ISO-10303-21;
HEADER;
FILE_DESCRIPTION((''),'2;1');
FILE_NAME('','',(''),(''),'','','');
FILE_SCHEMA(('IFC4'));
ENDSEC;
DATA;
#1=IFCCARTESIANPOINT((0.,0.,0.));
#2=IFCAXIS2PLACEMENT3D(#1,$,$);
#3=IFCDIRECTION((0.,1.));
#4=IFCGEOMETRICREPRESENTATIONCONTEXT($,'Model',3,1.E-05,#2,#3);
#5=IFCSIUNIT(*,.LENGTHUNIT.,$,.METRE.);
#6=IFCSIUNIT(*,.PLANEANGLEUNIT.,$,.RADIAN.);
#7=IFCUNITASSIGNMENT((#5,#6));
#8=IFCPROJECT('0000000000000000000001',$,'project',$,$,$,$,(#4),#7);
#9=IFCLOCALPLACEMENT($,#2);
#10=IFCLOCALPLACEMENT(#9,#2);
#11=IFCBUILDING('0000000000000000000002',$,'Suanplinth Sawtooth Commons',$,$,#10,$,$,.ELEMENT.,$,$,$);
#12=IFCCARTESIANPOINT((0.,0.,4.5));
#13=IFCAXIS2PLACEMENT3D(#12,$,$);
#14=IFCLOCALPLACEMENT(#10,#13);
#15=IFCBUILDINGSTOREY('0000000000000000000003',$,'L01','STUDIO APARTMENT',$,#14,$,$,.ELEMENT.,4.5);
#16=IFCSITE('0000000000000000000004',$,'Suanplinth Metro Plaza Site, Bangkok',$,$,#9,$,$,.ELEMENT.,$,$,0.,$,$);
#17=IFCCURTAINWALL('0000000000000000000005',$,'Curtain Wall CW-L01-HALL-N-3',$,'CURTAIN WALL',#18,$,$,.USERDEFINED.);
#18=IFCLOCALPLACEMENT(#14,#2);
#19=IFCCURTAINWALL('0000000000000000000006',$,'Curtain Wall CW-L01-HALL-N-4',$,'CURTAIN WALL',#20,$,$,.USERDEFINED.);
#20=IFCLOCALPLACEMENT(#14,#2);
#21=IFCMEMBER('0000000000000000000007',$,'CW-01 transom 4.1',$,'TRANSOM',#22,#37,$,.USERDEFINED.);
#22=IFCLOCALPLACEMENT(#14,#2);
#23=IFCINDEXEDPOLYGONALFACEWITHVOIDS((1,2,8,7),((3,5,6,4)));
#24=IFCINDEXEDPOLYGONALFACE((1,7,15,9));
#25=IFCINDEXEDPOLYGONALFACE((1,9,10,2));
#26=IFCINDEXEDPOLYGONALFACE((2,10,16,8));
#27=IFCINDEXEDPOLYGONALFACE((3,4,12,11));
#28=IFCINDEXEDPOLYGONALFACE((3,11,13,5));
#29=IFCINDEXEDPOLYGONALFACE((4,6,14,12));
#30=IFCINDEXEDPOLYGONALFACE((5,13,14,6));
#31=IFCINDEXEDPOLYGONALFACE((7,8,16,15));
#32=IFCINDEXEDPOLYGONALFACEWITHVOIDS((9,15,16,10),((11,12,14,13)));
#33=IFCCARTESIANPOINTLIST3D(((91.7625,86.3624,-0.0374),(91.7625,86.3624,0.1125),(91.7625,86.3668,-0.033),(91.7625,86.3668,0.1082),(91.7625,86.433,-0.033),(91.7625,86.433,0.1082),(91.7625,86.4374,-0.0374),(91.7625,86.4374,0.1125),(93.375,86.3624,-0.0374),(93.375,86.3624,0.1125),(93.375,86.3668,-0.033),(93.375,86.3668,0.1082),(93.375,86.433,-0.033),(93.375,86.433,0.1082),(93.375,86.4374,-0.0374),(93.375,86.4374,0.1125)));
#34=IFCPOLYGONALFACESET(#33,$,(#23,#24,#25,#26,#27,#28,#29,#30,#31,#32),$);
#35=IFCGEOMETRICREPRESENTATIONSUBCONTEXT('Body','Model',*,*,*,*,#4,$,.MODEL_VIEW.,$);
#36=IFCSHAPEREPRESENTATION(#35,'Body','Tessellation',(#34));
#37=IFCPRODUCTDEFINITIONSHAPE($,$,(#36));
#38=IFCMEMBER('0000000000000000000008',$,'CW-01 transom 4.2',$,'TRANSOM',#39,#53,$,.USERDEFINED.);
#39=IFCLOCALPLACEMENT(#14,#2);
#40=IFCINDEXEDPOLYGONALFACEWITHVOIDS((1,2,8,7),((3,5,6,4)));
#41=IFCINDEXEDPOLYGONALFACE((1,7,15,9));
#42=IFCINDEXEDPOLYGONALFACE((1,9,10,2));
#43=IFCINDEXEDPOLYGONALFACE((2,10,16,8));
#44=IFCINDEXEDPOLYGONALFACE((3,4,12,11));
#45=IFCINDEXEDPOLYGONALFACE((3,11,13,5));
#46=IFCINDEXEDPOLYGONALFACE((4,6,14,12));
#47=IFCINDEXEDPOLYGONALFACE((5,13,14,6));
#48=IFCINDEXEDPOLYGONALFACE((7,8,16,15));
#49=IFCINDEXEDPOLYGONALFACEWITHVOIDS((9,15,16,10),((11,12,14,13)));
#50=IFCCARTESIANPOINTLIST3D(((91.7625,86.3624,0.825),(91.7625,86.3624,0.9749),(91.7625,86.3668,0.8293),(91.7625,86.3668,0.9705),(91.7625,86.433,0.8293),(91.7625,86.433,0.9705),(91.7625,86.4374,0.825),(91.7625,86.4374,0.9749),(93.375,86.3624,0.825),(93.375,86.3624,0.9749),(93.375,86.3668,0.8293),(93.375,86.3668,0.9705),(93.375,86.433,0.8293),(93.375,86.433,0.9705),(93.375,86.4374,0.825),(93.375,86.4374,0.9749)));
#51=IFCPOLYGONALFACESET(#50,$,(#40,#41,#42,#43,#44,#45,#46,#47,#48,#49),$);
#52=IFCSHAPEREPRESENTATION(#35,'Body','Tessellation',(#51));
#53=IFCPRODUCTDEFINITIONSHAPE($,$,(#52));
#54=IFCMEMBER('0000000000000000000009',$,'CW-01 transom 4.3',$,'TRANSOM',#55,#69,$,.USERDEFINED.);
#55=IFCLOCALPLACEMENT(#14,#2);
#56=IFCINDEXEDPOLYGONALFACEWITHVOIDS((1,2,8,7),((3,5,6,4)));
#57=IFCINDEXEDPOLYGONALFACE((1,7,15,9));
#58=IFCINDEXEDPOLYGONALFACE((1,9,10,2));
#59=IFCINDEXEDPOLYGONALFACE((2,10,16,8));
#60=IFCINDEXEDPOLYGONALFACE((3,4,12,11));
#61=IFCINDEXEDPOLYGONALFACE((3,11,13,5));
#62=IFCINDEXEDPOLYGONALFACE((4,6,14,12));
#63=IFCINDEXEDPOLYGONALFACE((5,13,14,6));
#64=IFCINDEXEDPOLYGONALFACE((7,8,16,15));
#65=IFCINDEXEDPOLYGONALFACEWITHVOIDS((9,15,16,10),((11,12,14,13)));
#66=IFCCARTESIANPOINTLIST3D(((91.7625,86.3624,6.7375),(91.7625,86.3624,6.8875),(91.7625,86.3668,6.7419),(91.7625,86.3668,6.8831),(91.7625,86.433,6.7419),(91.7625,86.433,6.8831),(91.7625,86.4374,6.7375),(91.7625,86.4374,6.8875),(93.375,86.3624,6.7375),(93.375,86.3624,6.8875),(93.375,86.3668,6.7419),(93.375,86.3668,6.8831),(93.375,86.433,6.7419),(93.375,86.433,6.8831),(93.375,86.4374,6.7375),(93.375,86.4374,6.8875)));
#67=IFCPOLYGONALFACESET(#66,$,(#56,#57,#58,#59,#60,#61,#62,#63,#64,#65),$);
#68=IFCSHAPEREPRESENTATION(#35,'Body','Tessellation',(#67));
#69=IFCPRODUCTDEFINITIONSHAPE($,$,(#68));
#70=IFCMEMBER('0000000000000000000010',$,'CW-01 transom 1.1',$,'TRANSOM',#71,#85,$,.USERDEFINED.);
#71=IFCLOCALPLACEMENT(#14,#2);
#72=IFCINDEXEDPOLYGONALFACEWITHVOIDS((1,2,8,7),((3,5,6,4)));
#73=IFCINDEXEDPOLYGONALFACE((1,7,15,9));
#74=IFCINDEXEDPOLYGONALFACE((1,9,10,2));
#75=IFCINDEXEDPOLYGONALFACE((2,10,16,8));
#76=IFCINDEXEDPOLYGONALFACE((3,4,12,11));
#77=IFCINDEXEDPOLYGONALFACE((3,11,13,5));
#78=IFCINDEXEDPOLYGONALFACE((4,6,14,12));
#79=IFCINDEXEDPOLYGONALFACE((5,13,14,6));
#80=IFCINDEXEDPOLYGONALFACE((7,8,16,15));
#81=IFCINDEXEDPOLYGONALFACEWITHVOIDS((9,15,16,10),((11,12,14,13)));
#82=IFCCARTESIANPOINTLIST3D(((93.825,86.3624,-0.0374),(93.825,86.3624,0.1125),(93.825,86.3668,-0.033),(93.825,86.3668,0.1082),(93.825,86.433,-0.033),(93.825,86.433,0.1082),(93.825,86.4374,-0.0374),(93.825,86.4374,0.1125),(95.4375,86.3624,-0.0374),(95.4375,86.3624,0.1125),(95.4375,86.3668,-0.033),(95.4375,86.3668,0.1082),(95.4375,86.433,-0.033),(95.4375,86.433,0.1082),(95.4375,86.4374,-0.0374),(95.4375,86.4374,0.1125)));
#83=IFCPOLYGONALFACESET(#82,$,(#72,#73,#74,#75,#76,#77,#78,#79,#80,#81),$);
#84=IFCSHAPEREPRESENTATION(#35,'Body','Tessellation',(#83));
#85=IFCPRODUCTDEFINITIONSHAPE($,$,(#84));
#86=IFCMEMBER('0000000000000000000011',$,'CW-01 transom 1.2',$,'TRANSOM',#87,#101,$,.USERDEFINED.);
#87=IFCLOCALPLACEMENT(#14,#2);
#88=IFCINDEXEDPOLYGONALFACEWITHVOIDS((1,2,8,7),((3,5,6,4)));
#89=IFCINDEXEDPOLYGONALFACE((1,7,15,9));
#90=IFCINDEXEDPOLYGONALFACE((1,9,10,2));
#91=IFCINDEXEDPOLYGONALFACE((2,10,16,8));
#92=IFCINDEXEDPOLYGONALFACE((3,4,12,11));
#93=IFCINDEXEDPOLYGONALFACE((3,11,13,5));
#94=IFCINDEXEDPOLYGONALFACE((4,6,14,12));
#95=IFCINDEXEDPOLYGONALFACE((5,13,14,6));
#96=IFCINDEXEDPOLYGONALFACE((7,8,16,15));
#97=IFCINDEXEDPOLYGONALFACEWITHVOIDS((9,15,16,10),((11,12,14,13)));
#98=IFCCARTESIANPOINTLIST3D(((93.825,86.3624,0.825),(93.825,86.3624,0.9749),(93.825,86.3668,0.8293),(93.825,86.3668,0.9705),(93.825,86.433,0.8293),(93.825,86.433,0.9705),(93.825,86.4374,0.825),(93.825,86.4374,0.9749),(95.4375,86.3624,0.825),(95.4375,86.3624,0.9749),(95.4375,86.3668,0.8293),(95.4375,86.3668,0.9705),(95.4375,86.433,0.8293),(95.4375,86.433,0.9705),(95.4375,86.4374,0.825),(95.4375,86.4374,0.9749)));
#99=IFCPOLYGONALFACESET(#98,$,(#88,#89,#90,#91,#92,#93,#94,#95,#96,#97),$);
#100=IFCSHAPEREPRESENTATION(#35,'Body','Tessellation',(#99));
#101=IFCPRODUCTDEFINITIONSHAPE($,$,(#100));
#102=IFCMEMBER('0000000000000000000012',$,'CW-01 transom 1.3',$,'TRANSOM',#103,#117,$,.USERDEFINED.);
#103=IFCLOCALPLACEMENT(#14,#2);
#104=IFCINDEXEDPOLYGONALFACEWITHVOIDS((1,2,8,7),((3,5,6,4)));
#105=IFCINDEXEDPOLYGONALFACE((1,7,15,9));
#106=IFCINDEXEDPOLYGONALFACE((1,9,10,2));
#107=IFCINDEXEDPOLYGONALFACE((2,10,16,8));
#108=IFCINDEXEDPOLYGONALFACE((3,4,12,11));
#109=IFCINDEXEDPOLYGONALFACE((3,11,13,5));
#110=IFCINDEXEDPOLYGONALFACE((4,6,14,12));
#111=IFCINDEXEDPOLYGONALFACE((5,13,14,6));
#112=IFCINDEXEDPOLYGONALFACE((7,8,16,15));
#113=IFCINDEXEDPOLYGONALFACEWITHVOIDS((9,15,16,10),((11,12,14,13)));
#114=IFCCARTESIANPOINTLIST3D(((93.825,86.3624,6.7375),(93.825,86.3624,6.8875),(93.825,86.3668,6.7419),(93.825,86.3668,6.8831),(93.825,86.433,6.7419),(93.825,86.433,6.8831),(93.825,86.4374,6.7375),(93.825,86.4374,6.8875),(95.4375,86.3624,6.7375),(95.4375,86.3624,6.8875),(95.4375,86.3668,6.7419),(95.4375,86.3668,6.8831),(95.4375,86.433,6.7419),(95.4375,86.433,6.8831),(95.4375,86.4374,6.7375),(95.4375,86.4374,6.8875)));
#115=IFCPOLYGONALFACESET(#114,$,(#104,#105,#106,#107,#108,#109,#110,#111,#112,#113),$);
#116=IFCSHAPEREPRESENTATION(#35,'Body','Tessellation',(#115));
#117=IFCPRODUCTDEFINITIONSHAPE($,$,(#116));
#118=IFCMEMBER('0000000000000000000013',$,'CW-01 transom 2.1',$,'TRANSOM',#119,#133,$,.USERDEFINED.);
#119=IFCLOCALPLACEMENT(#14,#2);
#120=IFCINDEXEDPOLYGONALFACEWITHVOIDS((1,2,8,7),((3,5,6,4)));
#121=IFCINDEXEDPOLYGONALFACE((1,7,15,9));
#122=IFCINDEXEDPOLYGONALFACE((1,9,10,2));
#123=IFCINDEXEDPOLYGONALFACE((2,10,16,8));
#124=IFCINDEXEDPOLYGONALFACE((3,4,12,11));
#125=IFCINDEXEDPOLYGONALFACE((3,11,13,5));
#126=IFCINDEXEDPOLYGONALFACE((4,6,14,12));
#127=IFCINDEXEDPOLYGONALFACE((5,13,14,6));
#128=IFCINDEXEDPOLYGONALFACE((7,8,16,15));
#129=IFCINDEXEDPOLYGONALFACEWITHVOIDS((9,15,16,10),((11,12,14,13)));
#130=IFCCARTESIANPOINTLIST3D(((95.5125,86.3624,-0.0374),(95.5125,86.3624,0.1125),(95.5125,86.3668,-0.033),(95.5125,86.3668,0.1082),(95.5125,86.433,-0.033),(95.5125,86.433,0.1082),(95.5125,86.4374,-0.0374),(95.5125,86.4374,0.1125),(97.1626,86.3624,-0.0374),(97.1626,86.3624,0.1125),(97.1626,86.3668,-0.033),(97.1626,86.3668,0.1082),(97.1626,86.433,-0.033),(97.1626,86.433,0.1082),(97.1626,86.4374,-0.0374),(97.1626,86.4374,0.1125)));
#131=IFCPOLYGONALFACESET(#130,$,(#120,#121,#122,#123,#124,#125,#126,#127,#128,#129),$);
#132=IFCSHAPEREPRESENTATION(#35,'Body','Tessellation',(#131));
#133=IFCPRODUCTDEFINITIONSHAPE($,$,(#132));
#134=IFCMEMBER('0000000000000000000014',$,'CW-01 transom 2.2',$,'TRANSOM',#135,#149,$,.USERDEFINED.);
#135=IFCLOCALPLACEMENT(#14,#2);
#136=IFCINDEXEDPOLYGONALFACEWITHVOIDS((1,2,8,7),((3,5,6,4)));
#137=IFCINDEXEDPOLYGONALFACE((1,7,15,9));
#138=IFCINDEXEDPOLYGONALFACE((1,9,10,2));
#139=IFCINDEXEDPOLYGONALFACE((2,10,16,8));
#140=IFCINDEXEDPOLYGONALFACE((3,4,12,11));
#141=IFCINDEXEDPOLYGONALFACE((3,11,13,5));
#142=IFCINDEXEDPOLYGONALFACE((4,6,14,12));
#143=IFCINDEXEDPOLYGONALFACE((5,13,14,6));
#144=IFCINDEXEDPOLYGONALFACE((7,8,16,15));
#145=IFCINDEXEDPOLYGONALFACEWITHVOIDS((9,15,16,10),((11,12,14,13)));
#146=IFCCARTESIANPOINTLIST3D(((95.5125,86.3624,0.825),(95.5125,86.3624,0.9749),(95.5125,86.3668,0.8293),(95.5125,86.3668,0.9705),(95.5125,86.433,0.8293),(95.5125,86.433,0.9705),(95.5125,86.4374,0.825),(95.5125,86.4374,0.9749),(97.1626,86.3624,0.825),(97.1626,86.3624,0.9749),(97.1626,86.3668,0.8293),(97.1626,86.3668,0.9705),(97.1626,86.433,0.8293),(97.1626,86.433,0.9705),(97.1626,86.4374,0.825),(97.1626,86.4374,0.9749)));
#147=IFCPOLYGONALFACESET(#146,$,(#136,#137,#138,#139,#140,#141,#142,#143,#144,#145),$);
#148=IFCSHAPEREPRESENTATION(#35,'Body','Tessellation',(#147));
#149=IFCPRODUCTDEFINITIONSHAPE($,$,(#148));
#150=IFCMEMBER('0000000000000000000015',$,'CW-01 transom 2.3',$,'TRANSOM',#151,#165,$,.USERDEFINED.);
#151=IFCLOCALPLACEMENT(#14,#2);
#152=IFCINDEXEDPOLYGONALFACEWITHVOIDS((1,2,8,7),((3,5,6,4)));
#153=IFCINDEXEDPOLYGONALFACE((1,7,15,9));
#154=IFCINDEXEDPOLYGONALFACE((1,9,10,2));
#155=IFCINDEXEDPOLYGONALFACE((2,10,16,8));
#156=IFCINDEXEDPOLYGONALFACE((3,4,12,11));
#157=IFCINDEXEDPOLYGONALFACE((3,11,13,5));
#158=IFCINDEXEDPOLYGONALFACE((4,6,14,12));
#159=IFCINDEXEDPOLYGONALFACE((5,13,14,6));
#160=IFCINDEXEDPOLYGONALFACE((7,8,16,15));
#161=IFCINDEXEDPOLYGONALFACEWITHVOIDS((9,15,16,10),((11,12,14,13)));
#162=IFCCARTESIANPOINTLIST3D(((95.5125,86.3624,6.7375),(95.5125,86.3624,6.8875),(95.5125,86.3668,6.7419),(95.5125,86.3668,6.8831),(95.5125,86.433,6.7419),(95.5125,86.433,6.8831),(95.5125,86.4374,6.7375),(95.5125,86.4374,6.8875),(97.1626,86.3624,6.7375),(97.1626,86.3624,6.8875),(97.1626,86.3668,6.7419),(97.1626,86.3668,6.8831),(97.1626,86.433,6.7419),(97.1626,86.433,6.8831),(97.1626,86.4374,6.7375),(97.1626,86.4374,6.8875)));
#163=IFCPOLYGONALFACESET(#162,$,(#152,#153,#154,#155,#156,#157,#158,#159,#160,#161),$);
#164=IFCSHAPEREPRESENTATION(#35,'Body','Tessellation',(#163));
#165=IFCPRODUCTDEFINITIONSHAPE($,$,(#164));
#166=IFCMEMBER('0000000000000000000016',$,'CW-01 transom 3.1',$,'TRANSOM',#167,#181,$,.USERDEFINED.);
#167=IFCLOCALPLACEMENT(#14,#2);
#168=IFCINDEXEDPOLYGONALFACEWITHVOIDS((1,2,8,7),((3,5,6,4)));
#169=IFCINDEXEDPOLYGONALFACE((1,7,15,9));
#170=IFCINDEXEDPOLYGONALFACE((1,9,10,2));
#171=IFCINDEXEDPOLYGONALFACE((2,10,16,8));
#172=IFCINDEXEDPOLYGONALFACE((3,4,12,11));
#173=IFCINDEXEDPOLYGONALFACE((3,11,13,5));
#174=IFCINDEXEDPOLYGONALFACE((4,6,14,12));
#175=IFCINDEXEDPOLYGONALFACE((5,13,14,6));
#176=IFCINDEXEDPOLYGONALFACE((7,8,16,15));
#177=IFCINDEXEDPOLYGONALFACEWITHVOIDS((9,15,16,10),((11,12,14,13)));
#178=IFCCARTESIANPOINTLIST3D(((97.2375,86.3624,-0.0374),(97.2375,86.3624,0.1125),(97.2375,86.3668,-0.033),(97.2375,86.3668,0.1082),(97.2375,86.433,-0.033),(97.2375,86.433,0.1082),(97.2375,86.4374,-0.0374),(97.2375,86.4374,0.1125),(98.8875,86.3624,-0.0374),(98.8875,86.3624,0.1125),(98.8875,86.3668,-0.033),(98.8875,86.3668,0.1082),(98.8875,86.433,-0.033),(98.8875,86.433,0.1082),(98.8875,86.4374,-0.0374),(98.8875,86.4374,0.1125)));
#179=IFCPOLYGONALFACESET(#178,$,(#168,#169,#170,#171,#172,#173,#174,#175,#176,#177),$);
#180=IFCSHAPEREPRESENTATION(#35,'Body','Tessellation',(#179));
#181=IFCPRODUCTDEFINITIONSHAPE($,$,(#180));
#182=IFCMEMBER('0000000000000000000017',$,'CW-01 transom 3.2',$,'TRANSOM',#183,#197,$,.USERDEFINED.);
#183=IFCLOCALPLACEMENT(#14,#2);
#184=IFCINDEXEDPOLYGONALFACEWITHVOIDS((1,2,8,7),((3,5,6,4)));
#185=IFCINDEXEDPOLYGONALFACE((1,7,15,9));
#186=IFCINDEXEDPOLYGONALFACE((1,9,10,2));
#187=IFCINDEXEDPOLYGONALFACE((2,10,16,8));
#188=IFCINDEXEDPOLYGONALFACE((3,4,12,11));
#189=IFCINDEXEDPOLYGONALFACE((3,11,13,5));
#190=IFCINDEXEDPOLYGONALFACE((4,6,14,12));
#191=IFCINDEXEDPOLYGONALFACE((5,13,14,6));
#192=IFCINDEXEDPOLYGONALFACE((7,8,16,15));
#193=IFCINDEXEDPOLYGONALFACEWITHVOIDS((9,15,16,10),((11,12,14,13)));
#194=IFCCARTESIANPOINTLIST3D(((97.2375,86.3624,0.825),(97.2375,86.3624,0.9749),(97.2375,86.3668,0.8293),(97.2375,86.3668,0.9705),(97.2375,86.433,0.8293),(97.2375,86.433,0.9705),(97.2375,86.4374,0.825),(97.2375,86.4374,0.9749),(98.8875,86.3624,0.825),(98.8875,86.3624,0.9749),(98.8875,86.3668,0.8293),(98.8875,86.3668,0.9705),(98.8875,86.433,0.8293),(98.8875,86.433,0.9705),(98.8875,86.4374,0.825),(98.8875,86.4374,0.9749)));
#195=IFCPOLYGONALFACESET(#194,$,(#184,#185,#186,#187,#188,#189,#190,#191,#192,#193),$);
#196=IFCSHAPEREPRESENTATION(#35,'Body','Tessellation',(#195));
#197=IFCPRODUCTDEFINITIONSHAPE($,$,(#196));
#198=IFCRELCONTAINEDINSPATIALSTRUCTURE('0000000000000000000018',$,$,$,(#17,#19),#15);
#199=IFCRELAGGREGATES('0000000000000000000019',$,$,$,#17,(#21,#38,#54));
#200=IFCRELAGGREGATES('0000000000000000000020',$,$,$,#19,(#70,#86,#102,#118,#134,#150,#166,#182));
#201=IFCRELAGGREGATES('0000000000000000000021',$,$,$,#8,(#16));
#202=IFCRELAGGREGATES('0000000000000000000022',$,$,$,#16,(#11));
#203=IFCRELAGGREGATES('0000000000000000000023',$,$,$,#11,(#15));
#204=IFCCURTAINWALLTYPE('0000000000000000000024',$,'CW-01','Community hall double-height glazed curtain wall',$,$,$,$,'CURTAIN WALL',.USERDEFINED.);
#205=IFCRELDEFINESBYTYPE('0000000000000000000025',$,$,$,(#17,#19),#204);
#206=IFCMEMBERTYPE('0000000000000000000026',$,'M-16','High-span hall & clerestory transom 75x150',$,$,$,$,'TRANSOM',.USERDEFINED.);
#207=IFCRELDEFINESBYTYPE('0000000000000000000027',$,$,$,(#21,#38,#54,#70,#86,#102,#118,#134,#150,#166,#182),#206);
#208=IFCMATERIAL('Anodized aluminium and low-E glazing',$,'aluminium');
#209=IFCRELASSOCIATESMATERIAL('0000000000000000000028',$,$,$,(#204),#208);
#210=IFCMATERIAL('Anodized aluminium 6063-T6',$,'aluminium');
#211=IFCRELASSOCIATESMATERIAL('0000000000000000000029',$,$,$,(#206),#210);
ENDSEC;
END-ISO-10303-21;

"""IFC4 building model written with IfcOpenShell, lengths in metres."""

from ifc_helpers import new_model, si_unit, direction, frame, origin, origin_2d, place, context, subcontext, project, spatial, hollow_rectangle, extrude, material, material_profile, profile_set, type_object, element, aggregate, save


model = new_model("IFC4")

# Units and contexts
model_context = context("Model", 3, precision=1e-05, world=origin(), true_north=direction((0.0, 1.0)))
body_context = subcontext(model_context, "Body", "Model", "MODEL_VIEW")
ifc_project = project(units=[si_unit("LENGTHUNIT", "METRE"), si_unit("PLANEANGLEUNIT", "RADIAN")], contexts=[model_context])

# Site, building, storey
site_placement = place(None, origin())
site = spatial("IfcSite", under=ifc_project, at=site_placement, Name="Suanplinth Metro Plaza Site, Bangkok", CompositionType="ELEMENT", RefElevation=0.0)
building_placement = place(site_placement, origin())
building = spatial("IfcBuilding", under=site, at=building_placement, Name="Suanplinth Sawtooth Commons", CompositionType="ELEMENT")
storey_placement = place(building_placement, frame((0.0, 0.0, 4.5)))
storey = spatial("IfcBuildingStorey", under=building, at=storey_placement, Name="L01", Description="STUDIO APARTMENT", CompositionType="ELEMENT", Elevation=4.5)

# Curtain walls
ifc_material_1 = material(Name="Anodized aluminium and low-E glazing", Category="aluminium")
curtain_wall_type = type_object("IfcCurtainWallType", Name="CW-01", Description="Community hall double-height glazed curtain wall", ElementType="CURTAIN WALL", PredefinedType="USERDEFINED", material=ifc_material_1)
curtain_wall_1_placement = place(storey_placement, origin())
curtain_wall_1 = element("IfcCurtainWall", 1, at=curtain_wall_1_placement, inside=storey, type_object=curtain_wall_type, Name="Curtain Wall CW-L01-HALL-N-3", ObjectType="CURTAIN WALL", PredefinedType="USERDEFINED")
ifc_material_2 = material(Name="Anodized aluminium 6063-T6", Category="aluminium")
curtain_wall_2_placement = place(storey_placement, origin())
curtain_wall_2 = element("IfcCurtainWall", 2, at=curtain_wall_2_placement, inside=storey, type_object=curtain_wall_type, Name="Curtain Wall CW-L01-HALL-N-4", ObjectType="CURTAIN WALL", PredefinedType="USERDEFINED")

# Members
ifc_material_profile_1 = material_profile(ifc_material_2, hollow_rectangle(XDim=0.075, YDim=0.1499, WallThickness=0.0044, at=origin_2d()), Name="ALU-TRN 75x150")
ifc_profile_set_1 = profile_set([ifc_material_profile_1], Name="Anodized aluminium 6063-T6")
member_type_1 = type_object("IfcMemberType", Name="M-16", Description="High-span hall & clerestory transom 75x150", ElementType="TRANSOM", PredefinedType="USERDEFINED", material=ifc_profile_set_1)
member_1_placement = place(storey_placement, frame((91.7625, 86.3999, 0.0376), z_axis=(1.0, 0.0, 0.0), x_axis=(0.0, 1.0, 0.0)))
member_1 = element("IfcMember", 3, at=member_1_placement, type_object=member_type_1, Name="CW-01 transom 4.1", ObjectType="TRANSOM", PredefinedType="USERDEFINED", context=body_context, shape_type="SweptSolid", body=[
    extrude(hollow_rectangle(XDim=0.075, YDim=0.1499, WallThickness=0.0044, at=origin_2d()), origin(), (0.0, 0.0, 1.0), 1.6125),
])
member_2_placement = place(storey_placement, frame((91.7625, 86.3999, 0.8999), z_axis=(1.0, 0.0, 0.0), x_axis=(0.0, 1.0, 0.0)))
member_2 = element("IfcMember", 4, at=member_2_placement, type_object=member_type_1, Name="CW-01 transom 4.2", ObjectType="TRANSOM", PredefinedType="USERDEFINED", context=body_context, shape_type="SweptSolid", body=[
    extrude(hollow_rectangle(XDim=0.075, YDim=0.1499, WallThickness=0.0044, at=origin_2d()), origin(), (0.0, 0.0, 1.0), 1.6125),
])
member_3_placement = place(storey_placement, frame((91.7625, 86.3999, 6.8125), z_axis=(1.0, 0.0, 0.0), x_axis=(0.0, 1.0, 0.0)))
member_3 = element("IfcMember", 5, at=member_3_placement, type_object=member_type_1, Name="CW-01 transom 4.3", ObjectType="TRANSOM", PredefinedType="USERDEFINED", context=body_context, shape_type="SweptSolid", body=[
    extrude(hollow_rectangle(XDim=0.075, YDim=0.1499, WallThickness=0.0044, at=origin_2d()), origin(), (0.0, 0.0, 1.0), 1.6125),
])
member_4_placement = place(storey_placement, frame((93.825, 86.3999, 0.0376), z_axis=(1.0, 0.0, 0.0), x_axis=(0.0, 1.0, 0.0)))
member_4 = element("IfcMember", 6, at=member_4_placement, type_object=member_type_1, Name="CW-01 transom 1.1", ObjectType="TRANSOM", PredefinedType="USERDEFINED", context=body_context, shape_type="SweptSolid", body=[
    extrude(hollow_rectangle(XDim=0.075, YDim=0.1499, WallThickness=0.0044, at=origin_2d()), origin(), (0.0, 0.0, 1.0), 1.6125),
])
member_5_placement = place(storey_placement, frame((93.825, 86.3999, 0.8999), z_axis=(1.0, 0.0, 0.0), x_axis=(0.0, 1.0, 0.0)))
member_5 = element("IfcMember", 7, at=member_5_placement, type_object=member_type_1, Name="CW-01 transom 1.2", ObjectType="TRANSOM", PredefinedType="USERDEFINED", context=body_context, shape_type="SweptSolid", body=[
    extrude(hollow_rectangle(XDim=0.075, YDim=0.1499, WallThickness=0.0044, at=origin_2d()), origin(), (0.0, 0.0, 1.0), 1.6125),
])
member_6_placement = place(storey_placement, frame((93.825, 86.3999, 6.8125), z_axis=(1.0, 0.0, 0.0), x_axis=(0.0, 1.0, 0.0)))
member_6 = element("IfcMember", 8, at=member_6_placement, type_object=member_type_1, Name="CW-01 transom 1.3", ObjectType="TRANSOM", PredefinedType="USERDEFINED", context=body_context, shape_type="SweptSolid", body=[
    extrude(hollow_rectangle(XDim=0.075, YDim=0.1499, WallThickness=0.0044, at=origin_2d()), origin(), (0.0, 0.0, 1.0), 1.6125),
])
member_7_placement = place(storey_placement, frame((95.5125, 86.3999, 0.0376), z_axis=(1.0, 0.0, 0.0), x_axis=(0.0, 1.0, 0.0)))
member_7 = element("IfcMember", 9, at=member_7_placement, type_object=member_type_1, Name="CW-01 transom 2.1", ObjectType="TRANSOM", PredefinedType="USERDEFINED", context=body_context, shape_type="SweptSolid", body=[
    extrude(hollow_rectangle(XDim=0.075, YDim=0.1499, WallThickness=0.0044, at=origin_2d()), origin(), (0.0, 0.0, 1.0), 1.6501),
])
member_8_placement = place(storey_placement, frame((95.5125, 86.3999, 0.8999), z_axis=(1.0, 0.0, 0.0), x_axis=(0.0, 1.0, 0.0)))
member_8 = element("IfcMember", 10, at=member_8_placement, type_object=member_type_1, Name="CW-01 transom 2.2", ObjectType="TRANSOM", PredefinedType="USERDEFINED", context=body_context, shape_type="SweptSolid", body=[
    extrude(hollow_rectangle(XDim=0.075, YDim=0.1499, WallThickness=0.0044, at=origin_2d()), origin(), (0.0, 0.0, 1.0), 1.6501),
])
member_9_placement = place(storey_placement, frame((95.5125, 86.3999, 6.8125), z_axis=(1.0, 0.0, 0.0), x_axis=(0.0, 1.0, 0.0)))
member_9 = element("IfcMember", 11, at=member_9_placement, type_object=member_type_1, Name="CW-01 transom 2.3", ObjectType="TRANSOM", PredefinedType="USERDEFINED", context=body_context, shape_type="SweptSolid", body=[
    extrude(hollow_rectangle(XDim=0.075, YDim=0.1499, WallThickness=0.0044, at=origin_2d()), origin(), (0.0, 0.0, 1.0), 1.6501),
])
member_10_placement = place(storey_placement, frame((97.2375, 86.3999, 0.0376), z_axis=(1.0, 0.0, 0.0), x_axis=(0.0, 1.0, 0.0)))
member_10 = element("IfcMember", 12, at=member_10_placement, type_object=member_type_1, Name="CW-01 transom 3.1", ObjectType="TRANSOM", PredefinedType="USERDEFINED", context=body_context, shape_type="SweptSolid", body=[
    extrude(hollow_rectangle(XDim=0.075, YDim=0.1499, WallThickness=0.0044, at=origin_2d()), origin(), (0.0, 0.0, 1.0), 1.6499),
])
member_11_placement = place(storey_placement, frame((97.2375, 86.3999, 0.8999), z_axis=(1.0, 0.0, 0.0), x_axis=(0.0, 1.0, 0.0)))
member_11 = element("IfcMember", 13, at=member_11_placement, type_object=member_type_1, Name="CW-01 transom 3.2", ObjectType="TRANSOM", PredefinedType="USERDEFINED", context=body_context, shape_type="SweptSolid", body=[
    extrude(hollow_rectangle(XDim=0.075, YDim=0.1499, WallThickness=0.0044, at=origin_2d()), origin(), (0.0, 0.0, 1.0), 1.6499),
])

aggregate(curtain_wall_1, [member_1, member_2, member_3])
aggregate(curtain_wall_2, [member_4, member_5, member_6, member_7, member_8, member_9, member_10, member_11])

save(model, "model.ifc")
